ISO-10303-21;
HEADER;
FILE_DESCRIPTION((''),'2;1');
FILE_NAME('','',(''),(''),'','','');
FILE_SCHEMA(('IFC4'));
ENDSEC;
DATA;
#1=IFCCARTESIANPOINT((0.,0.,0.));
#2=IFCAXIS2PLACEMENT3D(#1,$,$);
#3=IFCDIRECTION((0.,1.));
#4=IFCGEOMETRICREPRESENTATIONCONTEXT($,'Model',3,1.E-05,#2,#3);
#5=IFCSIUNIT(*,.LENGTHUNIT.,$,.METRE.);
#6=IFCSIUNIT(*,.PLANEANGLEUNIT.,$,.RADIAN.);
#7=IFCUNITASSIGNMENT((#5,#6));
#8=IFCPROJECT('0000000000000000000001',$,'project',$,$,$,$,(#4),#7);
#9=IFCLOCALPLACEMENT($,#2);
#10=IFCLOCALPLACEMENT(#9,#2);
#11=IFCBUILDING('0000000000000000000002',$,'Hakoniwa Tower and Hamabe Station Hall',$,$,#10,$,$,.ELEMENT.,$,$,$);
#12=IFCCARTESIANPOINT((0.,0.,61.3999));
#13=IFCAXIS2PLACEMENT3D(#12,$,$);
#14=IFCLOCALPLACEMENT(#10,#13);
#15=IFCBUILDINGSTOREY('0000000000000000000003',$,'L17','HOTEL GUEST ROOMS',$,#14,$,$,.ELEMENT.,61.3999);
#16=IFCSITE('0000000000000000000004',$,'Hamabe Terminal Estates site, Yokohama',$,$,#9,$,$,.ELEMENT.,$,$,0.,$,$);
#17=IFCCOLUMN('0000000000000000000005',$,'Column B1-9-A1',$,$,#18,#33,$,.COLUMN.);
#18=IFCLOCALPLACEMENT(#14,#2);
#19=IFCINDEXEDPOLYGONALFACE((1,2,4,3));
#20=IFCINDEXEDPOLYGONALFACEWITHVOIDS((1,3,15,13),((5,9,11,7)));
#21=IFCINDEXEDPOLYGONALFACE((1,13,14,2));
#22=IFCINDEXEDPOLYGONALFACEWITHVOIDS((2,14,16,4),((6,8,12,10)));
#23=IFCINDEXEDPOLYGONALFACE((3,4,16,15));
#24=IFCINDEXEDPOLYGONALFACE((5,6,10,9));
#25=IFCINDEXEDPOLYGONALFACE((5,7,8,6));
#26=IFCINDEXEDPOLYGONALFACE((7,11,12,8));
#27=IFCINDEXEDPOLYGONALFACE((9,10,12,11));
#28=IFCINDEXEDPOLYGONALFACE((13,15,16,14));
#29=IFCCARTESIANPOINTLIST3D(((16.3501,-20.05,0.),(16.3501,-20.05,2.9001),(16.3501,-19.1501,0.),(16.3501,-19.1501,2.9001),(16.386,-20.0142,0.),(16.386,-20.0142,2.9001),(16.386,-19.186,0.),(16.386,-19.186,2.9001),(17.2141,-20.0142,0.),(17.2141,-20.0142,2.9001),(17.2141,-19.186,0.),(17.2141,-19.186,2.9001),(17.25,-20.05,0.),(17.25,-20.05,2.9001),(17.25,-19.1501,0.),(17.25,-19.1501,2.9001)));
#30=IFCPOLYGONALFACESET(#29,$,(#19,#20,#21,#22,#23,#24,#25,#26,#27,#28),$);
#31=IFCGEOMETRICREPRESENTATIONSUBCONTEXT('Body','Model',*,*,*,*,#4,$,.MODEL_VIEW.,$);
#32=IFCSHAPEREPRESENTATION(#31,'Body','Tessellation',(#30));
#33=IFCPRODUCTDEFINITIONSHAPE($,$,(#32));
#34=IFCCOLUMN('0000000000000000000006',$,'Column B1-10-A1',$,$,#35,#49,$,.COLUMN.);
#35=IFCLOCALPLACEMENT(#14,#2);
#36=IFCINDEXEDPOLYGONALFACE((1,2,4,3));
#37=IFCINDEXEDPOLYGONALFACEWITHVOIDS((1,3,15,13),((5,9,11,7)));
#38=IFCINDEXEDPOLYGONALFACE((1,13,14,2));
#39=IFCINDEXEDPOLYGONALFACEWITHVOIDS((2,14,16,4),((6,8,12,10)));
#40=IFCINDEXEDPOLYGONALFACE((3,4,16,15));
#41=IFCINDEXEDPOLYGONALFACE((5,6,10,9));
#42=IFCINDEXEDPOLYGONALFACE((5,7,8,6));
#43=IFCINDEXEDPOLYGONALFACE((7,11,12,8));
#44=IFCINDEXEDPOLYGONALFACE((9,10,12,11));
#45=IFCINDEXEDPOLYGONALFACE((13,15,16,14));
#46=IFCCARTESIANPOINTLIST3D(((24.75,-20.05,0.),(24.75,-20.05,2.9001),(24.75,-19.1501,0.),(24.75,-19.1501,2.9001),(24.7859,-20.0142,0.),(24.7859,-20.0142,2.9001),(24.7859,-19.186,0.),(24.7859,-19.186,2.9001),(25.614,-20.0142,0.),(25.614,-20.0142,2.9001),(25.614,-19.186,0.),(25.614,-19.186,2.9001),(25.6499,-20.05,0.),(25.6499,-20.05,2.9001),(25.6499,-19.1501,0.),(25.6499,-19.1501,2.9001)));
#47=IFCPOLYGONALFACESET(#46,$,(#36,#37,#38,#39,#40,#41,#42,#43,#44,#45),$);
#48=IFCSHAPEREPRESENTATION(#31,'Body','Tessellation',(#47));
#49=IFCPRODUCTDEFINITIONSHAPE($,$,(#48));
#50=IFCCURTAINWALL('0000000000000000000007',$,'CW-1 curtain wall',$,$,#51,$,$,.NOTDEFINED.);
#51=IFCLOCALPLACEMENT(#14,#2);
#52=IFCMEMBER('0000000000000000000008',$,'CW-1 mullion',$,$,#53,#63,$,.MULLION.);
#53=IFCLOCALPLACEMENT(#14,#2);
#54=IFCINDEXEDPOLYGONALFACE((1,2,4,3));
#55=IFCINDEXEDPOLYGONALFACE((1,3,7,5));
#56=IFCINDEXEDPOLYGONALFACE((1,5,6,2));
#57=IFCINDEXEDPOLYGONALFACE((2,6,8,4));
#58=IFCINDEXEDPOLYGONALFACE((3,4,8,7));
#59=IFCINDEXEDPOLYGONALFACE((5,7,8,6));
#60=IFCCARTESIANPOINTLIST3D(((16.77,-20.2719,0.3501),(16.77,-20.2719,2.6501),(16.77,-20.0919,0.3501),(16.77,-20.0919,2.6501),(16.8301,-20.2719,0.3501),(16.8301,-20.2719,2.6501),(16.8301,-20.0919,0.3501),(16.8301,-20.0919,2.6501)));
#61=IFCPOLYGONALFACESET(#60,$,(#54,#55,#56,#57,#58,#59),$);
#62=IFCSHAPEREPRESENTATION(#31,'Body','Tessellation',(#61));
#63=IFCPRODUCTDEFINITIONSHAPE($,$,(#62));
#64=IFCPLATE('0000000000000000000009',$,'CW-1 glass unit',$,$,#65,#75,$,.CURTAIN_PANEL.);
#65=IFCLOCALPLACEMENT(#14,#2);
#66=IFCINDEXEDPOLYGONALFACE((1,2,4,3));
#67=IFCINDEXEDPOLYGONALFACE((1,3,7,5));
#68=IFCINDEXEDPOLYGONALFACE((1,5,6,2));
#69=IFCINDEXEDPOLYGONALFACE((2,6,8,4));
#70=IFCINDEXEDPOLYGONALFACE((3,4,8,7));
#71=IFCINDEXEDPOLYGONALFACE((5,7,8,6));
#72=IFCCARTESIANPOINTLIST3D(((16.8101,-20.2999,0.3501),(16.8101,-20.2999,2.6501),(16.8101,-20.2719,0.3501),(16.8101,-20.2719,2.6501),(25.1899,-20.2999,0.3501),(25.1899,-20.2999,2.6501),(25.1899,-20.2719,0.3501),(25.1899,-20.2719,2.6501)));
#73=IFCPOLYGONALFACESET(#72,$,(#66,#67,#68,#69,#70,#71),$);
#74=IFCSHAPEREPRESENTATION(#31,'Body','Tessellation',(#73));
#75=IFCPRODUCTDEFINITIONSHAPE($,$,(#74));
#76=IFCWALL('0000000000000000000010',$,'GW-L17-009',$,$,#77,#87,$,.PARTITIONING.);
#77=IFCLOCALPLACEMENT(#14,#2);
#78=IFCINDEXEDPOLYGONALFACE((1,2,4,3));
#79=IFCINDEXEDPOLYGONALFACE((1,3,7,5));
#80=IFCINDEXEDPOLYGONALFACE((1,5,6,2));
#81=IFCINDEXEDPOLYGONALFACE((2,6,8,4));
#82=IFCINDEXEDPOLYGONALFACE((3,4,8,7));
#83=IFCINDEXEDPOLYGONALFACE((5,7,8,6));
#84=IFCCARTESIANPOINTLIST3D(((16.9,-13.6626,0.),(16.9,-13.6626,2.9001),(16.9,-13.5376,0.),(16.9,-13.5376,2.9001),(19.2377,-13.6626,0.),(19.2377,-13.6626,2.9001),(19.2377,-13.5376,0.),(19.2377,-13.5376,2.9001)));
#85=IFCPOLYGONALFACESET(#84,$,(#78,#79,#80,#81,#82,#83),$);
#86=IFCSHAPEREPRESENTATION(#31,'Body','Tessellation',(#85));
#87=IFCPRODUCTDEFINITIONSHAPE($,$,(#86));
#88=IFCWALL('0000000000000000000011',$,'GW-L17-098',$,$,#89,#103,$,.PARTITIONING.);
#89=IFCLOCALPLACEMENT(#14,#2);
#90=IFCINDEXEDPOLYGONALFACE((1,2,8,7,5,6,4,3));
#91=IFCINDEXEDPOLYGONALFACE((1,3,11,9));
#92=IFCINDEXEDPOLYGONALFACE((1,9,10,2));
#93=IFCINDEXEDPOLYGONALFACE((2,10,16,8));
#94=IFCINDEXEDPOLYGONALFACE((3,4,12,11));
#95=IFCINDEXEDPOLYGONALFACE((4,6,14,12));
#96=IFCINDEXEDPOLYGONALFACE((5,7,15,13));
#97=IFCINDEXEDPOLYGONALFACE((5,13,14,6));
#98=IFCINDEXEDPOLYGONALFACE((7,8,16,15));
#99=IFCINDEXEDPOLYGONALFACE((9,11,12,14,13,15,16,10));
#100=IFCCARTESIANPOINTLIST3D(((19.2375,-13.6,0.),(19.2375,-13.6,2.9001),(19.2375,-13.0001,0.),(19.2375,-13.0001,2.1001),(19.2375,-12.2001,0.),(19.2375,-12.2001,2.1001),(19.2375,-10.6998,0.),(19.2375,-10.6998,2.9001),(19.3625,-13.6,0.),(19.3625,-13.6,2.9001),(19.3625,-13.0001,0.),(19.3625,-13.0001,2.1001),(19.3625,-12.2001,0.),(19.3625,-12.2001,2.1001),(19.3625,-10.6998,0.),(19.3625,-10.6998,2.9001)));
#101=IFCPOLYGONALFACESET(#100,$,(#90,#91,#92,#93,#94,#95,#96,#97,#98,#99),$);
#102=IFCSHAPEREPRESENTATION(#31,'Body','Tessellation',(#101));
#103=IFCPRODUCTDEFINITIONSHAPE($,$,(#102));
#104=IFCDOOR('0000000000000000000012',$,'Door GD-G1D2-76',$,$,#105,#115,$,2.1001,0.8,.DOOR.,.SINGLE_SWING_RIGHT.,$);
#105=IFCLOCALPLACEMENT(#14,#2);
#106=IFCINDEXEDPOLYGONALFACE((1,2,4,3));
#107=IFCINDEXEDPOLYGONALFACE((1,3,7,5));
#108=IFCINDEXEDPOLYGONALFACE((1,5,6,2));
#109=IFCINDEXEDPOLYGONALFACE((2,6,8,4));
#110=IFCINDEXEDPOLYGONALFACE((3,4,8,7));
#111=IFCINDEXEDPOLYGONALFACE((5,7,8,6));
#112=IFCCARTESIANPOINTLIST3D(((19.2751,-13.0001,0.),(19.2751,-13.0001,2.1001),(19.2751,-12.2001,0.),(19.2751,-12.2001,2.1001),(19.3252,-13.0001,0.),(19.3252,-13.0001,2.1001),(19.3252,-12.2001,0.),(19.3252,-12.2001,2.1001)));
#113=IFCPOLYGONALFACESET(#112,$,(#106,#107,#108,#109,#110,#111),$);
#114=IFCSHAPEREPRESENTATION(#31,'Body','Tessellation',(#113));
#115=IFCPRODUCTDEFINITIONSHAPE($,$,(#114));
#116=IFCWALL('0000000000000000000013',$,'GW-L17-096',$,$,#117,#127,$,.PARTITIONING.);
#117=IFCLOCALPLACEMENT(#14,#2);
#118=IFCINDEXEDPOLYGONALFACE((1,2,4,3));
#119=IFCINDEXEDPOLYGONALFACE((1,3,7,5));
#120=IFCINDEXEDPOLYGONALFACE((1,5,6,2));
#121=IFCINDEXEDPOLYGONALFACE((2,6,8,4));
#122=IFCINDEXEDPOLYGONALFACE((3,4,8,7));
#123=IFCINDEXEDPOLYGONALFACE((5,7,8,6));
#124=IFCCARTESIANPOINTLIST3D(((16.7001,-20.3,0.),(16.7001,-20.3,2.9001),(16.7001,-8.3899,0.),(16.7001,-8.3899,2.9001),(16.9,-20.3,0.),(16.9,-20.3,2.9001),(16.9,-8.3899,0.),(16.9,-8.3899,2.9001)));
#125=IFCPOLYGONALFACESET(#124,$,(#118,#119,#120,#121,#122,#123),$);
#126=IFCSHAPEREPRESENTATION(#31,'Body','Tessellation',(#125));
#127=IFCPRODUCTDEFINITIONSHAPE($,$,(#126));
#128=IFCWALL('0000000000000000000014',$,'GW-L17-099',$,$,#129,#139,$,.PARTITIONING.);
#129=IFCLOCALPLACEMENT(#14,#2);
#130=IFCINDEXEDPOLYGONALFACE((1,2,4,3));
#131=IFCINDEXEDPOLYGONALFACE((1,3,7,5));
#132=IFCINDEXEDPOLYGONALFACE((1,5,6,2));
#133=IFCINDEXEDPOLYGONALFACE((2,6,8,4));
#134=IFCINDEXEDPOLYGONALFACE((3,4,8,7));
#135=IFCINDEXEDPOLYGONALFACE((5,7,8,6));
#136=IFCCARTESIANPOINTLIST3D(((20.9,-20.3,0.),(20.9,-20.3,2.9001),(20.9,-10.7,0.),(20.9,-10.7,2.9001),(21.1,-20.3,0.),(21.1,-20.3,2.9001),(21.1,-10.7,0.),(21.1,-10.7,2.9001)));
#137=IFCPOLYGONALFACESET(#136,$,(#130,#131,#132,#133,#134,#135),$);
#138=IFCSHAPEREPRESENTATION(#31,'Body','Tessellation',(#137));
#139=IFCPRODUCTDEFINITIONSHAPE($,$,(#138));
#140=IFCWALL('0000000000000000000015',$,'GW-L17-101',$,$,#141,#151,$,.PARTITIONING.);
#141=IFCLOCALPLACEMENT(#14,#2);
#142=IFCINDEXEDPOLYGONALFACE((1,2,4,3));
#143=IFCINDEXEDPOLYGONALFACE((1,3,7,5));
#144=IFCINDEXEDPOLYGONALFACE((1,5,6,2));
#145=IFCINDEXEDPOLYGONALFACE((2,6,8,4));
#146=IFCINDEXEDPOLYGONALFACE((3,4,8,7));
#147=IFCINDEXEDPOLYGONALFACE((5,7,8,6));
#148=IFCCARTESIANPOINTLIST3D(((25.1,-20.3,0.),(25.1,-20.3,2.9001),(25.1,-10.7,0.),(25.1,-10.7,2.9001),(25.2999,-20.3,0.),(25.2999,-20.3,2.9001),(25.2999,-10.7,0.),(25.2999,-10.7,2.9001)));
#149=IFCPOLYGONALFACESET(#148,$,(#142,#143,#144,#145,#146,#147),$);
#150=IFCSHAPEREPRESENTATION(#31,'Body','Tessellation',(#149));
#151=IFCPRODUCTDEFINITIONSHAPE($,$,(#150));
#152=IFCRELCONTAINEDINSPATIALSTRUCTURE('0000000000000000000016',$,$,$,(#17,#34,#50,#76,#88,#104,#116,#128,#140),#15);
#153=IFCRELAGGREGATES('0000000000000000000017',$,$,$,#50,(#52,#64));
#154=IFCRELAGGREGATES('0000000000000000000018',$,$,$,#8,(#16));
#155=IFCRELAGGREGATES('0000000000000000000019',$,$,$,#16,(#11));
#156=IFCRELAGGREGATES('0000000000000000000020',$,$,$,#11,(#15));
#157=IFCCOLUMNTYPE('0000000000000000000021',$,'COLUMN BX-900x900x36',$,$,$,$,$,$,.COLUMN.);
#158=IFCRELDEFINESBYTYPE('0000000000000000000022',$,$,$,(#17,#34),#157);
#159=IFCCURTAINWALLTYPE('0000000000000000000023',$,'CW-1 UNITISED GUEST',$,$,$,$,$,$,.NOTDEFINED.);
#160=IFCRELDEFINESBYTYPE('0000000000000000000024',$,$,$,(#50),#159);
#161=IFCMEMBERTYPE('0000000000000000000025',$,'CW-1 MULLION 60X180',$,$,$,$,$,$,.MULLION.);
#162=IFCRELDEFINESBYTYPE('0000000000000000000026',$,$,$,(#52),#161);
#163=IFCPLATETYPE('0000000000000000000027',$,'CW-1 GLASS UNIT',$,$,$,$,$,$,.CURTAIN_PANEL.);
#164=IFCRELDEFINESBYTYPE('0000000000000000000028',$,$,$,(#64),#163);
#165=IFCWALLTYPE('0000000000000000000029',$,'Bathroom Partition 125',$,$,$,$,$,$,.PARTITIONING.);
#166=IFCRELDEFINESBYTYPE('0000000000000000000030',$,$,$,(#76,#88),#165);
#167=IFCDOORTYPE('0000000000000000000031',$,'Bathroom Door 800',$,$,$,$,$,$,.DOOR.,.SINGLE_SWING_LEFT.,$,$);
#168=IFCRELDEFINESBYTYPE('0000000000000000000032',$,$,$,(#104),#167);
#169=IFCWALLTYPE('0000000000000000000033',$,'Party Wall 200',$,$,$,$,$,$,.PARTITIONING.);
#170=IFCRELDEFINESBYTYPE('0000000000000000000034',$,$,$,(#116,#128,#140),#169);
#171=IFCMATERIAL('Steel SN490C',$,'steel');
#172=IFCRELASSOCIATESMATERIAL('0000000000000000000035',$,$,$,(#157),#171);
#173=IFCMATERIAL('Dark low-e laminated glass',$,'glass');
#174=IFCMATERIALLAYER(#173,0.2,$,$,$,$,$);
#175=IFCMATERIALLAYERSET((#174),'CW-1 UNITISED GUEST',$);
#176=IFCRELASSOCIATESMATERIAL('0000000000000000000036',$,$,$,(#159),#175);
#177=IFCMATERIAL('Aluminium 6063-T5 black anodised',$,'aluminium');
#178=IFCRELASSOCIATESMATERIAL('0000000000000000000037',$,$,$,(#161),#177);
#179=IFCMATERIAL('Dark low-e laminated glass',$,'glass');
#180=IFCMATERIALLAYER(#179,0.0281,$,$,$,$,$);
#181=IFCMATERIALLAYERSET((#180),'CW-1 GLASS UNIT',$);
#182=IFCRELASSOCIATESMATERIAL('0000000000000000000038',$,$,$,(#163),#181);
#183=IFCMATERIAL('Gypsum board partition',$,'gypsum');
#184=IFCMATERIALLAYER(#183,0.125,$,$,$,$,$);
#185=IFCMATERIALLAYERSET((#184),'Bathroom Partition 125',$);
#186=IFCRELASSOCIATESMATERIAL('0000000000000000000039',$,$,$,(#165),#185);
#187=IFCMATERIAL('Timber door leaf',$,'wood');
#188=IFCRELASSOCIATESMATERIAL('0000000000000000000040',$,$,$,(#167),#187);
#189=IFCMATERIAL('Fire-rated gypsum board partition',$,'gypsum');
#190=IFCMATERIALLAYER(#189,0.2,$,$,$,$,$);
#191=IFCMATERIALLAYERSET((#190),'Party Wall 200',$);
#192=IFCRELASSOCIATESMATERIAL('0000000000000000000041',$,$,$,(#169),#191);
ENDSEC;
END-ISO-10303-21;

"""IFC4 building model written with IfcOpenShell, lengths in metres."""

from ifc_helpers import new_model, si_unit, direction, frame, frame_2d, origin, origin_2d, place, context, subcontext, project, spatial, rectangle, hollow_rectangle, extrude, material, layer, layer_set, material_profile, profile_set, type_object, element, fill, aggregate, save


model = new_model("IFC4")

# Units and contexts
model_context = context("Model", 3, precision=1e-05, world=origin(), true_north=direction((0.0, 1.0)))
body_context = subcontext(model_context, "Body", "Model", "MODEL_VIEW")
ifc_project = project(units=[si_unit("LENGTHUNIT", "METRE"), si_unit("PLANEANGLEUNIT", "RADIAN")], contexts=[model_context])

# Site, building, storey
site_placement = place(None, origin())
site = spatial("IfcSite", under=ifc_project, at=site_placement, Name="Hamabe Terminal Estates site, Yokohama", CompositionType="ELEMENT", RefElevation=0.0)
building_placement = place(site_placement, origin())
building = spatial("IfcBuilding", under=site, at=building_placement, Name="Hakoniwa Tower and Hamabe Station Hall", CompositionType="ELEMENT")
storey_placement = place(building_placement, frame((0.0, 0.0, 61.3999)))
storey = spatial("IfcBuildingStorey", under=building, at=storey_placement, Name="L17", Description="HOTEL GUEST ROOMS", CompositionType="ELEMENT", Elevation=61.3999)

# Columns
ifc_material_1 = material(Name="Steel SN490C", Category="steel")
ifc_material_profile_1 = material_profile(ifc_material_1, hollow_rectangle(XDim=0.8999, YDim=0.8999, WallThickness=0.0359, at=origin_2d()), Name="BX-900x900x36")
ifc_profile_set_1 = profile_set([ifc_material_profile_1], Name="Steel SN490C")
column_type = type_object("IfcColumnType", Name="COLUMN BX-900x900x36", PredefinedType="COLUMN", material=ifc_profile_set_1)
for number, where, z_axis, x_axis, name in (
    (1, (16.8, -19.6001, 0.0), (0.0, 0.0, 1.0), (1.0, 0.0, 0.0), "Column B1-9-A1"),
    (2, (25.2, -19.6001, 0.0), (0.0, 0.0, 1.0), (1.0, 0.0, 0.0), "Column B1-10-A1"),
):
    element("IfcColumn", number, at=place(storey_placement, frame(where, z_axis=z_axis, x_axis=x_axis)), inside=storey, type_object=column_type, Name=name, PredefinedType="COLUMN", context=body_context, shape_type="SweptSolid", body=[
        extrude(hollow_rectangle(XDim=0.8999, YDim=0.8999, WallThickness=0.0359, at=origin_2d()), origin(), (0.0, 0.0, 1.0), 2.9001),
    ])

# Curtain wall, member, plate
ifc_material_2 = material(Name="Dark low-e laminated glass", Category="glass")
ifc_layer_1 = layer(ifc_material_2, 0.2)
ifc_layer_set_1 = layer_set([ifc_layer_1], Name="CW-1 UNITISED GUEST")
curtain_wall_type = type_object("IfcCurtainWallType", Name="CW-1 UNITISED GUEST", PredefinedType="NOTDEFINED", material=ifc_layer_set_1)
curtain_wall_placement = place(storey_placement, origin())
curtain_wall = element("IfcCurtainWall", 3, at=curtain_wall_placement, inside=storey, type_object=curtain_wall_type, Name="CW-1 curtain wall", PredefinedType="NOTDEFINED")
ifc_material_3 = material(Name="Aluminium 6063-T5 black anodised", Category="aluminium")
ifc_material_profile_2 = material_profile(ifc_material_3, rectangle(XDim=0.0601, YDim=0.1799, at=origin_2d()), Name="CW-1 MULLION 60X180")
ifc_profile_set_2 = profile_set([ifc_material_profile_2], Name="Aluminium 6063-T5 black anodised")
member_type = type_object("IfcMemberType", Name="CW-1 MULLION 60X180", PredefinedType="MULLION", material=ifc_profile_set_2)
member_placement = place(storey_placement, frame((16.8, -20.1819, 0.3501), z_axis=(0.0, 0.0, 1.0), x_axis=(1.0, 0.0, 0.0)))
member = element("IfcMember", 4, at=member_placement, type_object=member_type, Name="CW-1 mullion", PredefinedType="MULLION", context=body_context, shape_type="SweptSolid", body=[
    extrude(rectangle(XDim=0.0601, YDim=0.1799, at=origin_2d()), origin(), (0.0, 0.0, 1.0), 2.3),
])
ifc_material_4 = material(Name="Dark low-e laminated glass", Category="glass")
ifc_layer_2 = layer(ifc_material_4, 0.0281)
ifc_layer_set_2 = layer_set([ifc_layer_2], Name="CW-1 GLASS UNIT")
plate_type = type_object("IfcPlateType", Name="CW-1 GLASS UNIT", PredefinedType="CURTAIN_PANEL", material=ifc_layer_set_2)
plate_placement = place(storey_placement, frame((21.0, -20.2859, 0.3501), z_axis=(0.0, 0.0, 1.0), x_axis=(1.0, 0.0, 0.0)))
plate = element("IfcPlate", 5, at=plate_placement, type_object=plate_type, Name="CW-1 glass unit", PredefinedType="CURTAIN_PANEL", context=body_context, shape_type="SweptSolid", body=[
    extrude(rectangle(XDim=8.3799, YDim=0.0281, at=origin_2d()), origin(), (0.0, 0.0, 1.0), 2.3),
])
aggregate(curtain_wall, [member, plate])

# Wall
ifc_material_5 = material(Name="Gypsum board partition", Category="gypsum")
ifc_layer_3 = layer(ifc_material_5, 0.125)
ifc_layer_set_3 = layer_set([ifc_layer_3], Name="Bathroom Partition 125")
wall_type_1 = type_object("IfcWallType", Name="Bathroom Partition 125", PredefinedType="PARTITIONING", material=ifc_layer_set_3)
wall_1_placement = place(storey_placement, frame((16.8999, -13.6001, 0.0), z_axis=(0.0, 0.0, 1.0), x_axis=(1.0, 0.0, 0.0)))
element("IfcWall", 6, at=wall_1_placement, inside=storey, type_object=wall_type_1, Name="GW-L17-009", PredefinedType="PARTITIONING", context=body_context, shape_type="SweptSolid", body=[
    extrude(rectangle(XDim=2.3376, YDim=0.125, at=frame_2d((1.1689, 0.0))), origin(), (0.0, 0.0, 1.0), 2.9001),
])

# Wall, opening, door
wall_2_placement = place(storey_placement, frame((19.3, -13.6001, 0.0), z_axis=(0.0, 0.0, 1.0), x_axis=(0.0, 1.0, 0.0)))
wall_2 = element("IfcWall", 7, at=wall_2_placement, inside=storey, type_object=wall_type_1, Name="GW-L17-098", PredefinedType="PARTITIONING", context=body_context, shape_type="SweptSolid", body=[
    extrude(rectangle(XDim=2.9001, YDim=0.125, at=frame_2d((1.4502, 0.0))), origin(), (0.0, 0.0, 1.0), 2.9001),
])
opening_placement = place(wall_2_placement, frame((0.6001, 0.0, 0.0)))
opening = element("IfcOpeningElement", 8, at=opening_placement, cuts=wall_2, PredefinedType="OPENING", context=body_context, shape_type="SweptSolid", body=[
    extrude(rectangle(XDim=0.8, YDim=2.1001, at=frame_2d((0.3999, 1.05))), frame((0.0, 0.0725, 0.0), z_axis=(0.0, -1.0, 0.0), x_axis=(1.0, 0.0, 0.0)), (0.0, 0.0, 1.0), 0.145),
])
ifc_material_6 = material(Name="Timber door leaf", Category="wood")
door_type = type_object("IfcDoorType", Name="Bathroom Door 800", OperationType="SINGLE_SWING_LEFT", PredefinedType="DOOR", material=ifc_material_6)
door_placement = place(opening_placement, origin())
door = element("IfcDoor", 9, at=door_placement, inside=storey, type_object=door_type, Name="Door GD-G1D2-76", OperationType="SINGLE_SWING_RIGHT", OverallHeight=2.1001, OverallWidth=0.8, PredefinedType="DOOR", context=body_context, shape_type="SweptSolid", body=[
    extrude(rectangle(XDim=0.8, YDim=2.1001, at=frame_2d((0.3999, 1.05))), frame((0.0, 0.0249, 0.0), z_axis=(0.0, -1.0, 0.0), x_axis=(1.0, 0.0, 0.0)), (0.0, 0.0, 1.0), 0.05),
])
fill(opening, door)

# Walls
ifc_material_7 = material(Name="Fire-rated gypsum board partition", Category="gypsum")
ifc_layer_4 = layer(ifc_material_7, 0.2)
ifc_layer_set_4 = layer_set([ifc_layer_4], Name="Party Wall 200")
wall_type_2 = type_object("IfcWallType", Name="Party Wall 200", PredefinedType="PARTITIONING", material=ifc_layer_set_4)
wall_3_placement = place(storey_placement, frame((16.8, -20.3, 0.0), z_axis=(0.0, 0.0, 1.0), x_axis=(0.0, 1.0, 0.0)))
element("IfcWall", 10, at=wall_3_placement, inside=storey, type_object=wall_type_2, Name="GW-L17-096", PredefinedType="PARTITIONING", context=body_context, shape_type="SweptSolid", body=[
    extrude(rectangle(XDim=11.9102, YDim=0.2, at=frame_2d((5.9551, 0.0))), origin(), (0.0, 0.0, 1.0), 2.9001),
])
for number, where, z_axis, x_axis, name in (
    (11, (21.0, -20.3, 0.0), (0.0, 0.0, 1.0), (0.0, 1.0, 0.0), "GW-L17-099"),
    (12, (25.2, -20.3, 0.0), (0.0, 0.0, 1.0), (0.0, 1.0, 0.0), "GW-L17-101"),
):
    element("IfcWall", number, at=place(storey_placement, frame(where, z_axis=z_axis, x_axis=x_axis)), inside=storey, type_object=wall_type_2, Name=name, PredefinedType="PARTITIONING", context=body_context, shape_type="SweptSolid", body=[
        extrude(rectangle(XDim=9.6001, YDim=0.2, at=frame_2d((4.8, 0.0))), origin(), (0.0, 0.0, 1.0), 2.9001),
    ])

save(model, "model.ifc")
